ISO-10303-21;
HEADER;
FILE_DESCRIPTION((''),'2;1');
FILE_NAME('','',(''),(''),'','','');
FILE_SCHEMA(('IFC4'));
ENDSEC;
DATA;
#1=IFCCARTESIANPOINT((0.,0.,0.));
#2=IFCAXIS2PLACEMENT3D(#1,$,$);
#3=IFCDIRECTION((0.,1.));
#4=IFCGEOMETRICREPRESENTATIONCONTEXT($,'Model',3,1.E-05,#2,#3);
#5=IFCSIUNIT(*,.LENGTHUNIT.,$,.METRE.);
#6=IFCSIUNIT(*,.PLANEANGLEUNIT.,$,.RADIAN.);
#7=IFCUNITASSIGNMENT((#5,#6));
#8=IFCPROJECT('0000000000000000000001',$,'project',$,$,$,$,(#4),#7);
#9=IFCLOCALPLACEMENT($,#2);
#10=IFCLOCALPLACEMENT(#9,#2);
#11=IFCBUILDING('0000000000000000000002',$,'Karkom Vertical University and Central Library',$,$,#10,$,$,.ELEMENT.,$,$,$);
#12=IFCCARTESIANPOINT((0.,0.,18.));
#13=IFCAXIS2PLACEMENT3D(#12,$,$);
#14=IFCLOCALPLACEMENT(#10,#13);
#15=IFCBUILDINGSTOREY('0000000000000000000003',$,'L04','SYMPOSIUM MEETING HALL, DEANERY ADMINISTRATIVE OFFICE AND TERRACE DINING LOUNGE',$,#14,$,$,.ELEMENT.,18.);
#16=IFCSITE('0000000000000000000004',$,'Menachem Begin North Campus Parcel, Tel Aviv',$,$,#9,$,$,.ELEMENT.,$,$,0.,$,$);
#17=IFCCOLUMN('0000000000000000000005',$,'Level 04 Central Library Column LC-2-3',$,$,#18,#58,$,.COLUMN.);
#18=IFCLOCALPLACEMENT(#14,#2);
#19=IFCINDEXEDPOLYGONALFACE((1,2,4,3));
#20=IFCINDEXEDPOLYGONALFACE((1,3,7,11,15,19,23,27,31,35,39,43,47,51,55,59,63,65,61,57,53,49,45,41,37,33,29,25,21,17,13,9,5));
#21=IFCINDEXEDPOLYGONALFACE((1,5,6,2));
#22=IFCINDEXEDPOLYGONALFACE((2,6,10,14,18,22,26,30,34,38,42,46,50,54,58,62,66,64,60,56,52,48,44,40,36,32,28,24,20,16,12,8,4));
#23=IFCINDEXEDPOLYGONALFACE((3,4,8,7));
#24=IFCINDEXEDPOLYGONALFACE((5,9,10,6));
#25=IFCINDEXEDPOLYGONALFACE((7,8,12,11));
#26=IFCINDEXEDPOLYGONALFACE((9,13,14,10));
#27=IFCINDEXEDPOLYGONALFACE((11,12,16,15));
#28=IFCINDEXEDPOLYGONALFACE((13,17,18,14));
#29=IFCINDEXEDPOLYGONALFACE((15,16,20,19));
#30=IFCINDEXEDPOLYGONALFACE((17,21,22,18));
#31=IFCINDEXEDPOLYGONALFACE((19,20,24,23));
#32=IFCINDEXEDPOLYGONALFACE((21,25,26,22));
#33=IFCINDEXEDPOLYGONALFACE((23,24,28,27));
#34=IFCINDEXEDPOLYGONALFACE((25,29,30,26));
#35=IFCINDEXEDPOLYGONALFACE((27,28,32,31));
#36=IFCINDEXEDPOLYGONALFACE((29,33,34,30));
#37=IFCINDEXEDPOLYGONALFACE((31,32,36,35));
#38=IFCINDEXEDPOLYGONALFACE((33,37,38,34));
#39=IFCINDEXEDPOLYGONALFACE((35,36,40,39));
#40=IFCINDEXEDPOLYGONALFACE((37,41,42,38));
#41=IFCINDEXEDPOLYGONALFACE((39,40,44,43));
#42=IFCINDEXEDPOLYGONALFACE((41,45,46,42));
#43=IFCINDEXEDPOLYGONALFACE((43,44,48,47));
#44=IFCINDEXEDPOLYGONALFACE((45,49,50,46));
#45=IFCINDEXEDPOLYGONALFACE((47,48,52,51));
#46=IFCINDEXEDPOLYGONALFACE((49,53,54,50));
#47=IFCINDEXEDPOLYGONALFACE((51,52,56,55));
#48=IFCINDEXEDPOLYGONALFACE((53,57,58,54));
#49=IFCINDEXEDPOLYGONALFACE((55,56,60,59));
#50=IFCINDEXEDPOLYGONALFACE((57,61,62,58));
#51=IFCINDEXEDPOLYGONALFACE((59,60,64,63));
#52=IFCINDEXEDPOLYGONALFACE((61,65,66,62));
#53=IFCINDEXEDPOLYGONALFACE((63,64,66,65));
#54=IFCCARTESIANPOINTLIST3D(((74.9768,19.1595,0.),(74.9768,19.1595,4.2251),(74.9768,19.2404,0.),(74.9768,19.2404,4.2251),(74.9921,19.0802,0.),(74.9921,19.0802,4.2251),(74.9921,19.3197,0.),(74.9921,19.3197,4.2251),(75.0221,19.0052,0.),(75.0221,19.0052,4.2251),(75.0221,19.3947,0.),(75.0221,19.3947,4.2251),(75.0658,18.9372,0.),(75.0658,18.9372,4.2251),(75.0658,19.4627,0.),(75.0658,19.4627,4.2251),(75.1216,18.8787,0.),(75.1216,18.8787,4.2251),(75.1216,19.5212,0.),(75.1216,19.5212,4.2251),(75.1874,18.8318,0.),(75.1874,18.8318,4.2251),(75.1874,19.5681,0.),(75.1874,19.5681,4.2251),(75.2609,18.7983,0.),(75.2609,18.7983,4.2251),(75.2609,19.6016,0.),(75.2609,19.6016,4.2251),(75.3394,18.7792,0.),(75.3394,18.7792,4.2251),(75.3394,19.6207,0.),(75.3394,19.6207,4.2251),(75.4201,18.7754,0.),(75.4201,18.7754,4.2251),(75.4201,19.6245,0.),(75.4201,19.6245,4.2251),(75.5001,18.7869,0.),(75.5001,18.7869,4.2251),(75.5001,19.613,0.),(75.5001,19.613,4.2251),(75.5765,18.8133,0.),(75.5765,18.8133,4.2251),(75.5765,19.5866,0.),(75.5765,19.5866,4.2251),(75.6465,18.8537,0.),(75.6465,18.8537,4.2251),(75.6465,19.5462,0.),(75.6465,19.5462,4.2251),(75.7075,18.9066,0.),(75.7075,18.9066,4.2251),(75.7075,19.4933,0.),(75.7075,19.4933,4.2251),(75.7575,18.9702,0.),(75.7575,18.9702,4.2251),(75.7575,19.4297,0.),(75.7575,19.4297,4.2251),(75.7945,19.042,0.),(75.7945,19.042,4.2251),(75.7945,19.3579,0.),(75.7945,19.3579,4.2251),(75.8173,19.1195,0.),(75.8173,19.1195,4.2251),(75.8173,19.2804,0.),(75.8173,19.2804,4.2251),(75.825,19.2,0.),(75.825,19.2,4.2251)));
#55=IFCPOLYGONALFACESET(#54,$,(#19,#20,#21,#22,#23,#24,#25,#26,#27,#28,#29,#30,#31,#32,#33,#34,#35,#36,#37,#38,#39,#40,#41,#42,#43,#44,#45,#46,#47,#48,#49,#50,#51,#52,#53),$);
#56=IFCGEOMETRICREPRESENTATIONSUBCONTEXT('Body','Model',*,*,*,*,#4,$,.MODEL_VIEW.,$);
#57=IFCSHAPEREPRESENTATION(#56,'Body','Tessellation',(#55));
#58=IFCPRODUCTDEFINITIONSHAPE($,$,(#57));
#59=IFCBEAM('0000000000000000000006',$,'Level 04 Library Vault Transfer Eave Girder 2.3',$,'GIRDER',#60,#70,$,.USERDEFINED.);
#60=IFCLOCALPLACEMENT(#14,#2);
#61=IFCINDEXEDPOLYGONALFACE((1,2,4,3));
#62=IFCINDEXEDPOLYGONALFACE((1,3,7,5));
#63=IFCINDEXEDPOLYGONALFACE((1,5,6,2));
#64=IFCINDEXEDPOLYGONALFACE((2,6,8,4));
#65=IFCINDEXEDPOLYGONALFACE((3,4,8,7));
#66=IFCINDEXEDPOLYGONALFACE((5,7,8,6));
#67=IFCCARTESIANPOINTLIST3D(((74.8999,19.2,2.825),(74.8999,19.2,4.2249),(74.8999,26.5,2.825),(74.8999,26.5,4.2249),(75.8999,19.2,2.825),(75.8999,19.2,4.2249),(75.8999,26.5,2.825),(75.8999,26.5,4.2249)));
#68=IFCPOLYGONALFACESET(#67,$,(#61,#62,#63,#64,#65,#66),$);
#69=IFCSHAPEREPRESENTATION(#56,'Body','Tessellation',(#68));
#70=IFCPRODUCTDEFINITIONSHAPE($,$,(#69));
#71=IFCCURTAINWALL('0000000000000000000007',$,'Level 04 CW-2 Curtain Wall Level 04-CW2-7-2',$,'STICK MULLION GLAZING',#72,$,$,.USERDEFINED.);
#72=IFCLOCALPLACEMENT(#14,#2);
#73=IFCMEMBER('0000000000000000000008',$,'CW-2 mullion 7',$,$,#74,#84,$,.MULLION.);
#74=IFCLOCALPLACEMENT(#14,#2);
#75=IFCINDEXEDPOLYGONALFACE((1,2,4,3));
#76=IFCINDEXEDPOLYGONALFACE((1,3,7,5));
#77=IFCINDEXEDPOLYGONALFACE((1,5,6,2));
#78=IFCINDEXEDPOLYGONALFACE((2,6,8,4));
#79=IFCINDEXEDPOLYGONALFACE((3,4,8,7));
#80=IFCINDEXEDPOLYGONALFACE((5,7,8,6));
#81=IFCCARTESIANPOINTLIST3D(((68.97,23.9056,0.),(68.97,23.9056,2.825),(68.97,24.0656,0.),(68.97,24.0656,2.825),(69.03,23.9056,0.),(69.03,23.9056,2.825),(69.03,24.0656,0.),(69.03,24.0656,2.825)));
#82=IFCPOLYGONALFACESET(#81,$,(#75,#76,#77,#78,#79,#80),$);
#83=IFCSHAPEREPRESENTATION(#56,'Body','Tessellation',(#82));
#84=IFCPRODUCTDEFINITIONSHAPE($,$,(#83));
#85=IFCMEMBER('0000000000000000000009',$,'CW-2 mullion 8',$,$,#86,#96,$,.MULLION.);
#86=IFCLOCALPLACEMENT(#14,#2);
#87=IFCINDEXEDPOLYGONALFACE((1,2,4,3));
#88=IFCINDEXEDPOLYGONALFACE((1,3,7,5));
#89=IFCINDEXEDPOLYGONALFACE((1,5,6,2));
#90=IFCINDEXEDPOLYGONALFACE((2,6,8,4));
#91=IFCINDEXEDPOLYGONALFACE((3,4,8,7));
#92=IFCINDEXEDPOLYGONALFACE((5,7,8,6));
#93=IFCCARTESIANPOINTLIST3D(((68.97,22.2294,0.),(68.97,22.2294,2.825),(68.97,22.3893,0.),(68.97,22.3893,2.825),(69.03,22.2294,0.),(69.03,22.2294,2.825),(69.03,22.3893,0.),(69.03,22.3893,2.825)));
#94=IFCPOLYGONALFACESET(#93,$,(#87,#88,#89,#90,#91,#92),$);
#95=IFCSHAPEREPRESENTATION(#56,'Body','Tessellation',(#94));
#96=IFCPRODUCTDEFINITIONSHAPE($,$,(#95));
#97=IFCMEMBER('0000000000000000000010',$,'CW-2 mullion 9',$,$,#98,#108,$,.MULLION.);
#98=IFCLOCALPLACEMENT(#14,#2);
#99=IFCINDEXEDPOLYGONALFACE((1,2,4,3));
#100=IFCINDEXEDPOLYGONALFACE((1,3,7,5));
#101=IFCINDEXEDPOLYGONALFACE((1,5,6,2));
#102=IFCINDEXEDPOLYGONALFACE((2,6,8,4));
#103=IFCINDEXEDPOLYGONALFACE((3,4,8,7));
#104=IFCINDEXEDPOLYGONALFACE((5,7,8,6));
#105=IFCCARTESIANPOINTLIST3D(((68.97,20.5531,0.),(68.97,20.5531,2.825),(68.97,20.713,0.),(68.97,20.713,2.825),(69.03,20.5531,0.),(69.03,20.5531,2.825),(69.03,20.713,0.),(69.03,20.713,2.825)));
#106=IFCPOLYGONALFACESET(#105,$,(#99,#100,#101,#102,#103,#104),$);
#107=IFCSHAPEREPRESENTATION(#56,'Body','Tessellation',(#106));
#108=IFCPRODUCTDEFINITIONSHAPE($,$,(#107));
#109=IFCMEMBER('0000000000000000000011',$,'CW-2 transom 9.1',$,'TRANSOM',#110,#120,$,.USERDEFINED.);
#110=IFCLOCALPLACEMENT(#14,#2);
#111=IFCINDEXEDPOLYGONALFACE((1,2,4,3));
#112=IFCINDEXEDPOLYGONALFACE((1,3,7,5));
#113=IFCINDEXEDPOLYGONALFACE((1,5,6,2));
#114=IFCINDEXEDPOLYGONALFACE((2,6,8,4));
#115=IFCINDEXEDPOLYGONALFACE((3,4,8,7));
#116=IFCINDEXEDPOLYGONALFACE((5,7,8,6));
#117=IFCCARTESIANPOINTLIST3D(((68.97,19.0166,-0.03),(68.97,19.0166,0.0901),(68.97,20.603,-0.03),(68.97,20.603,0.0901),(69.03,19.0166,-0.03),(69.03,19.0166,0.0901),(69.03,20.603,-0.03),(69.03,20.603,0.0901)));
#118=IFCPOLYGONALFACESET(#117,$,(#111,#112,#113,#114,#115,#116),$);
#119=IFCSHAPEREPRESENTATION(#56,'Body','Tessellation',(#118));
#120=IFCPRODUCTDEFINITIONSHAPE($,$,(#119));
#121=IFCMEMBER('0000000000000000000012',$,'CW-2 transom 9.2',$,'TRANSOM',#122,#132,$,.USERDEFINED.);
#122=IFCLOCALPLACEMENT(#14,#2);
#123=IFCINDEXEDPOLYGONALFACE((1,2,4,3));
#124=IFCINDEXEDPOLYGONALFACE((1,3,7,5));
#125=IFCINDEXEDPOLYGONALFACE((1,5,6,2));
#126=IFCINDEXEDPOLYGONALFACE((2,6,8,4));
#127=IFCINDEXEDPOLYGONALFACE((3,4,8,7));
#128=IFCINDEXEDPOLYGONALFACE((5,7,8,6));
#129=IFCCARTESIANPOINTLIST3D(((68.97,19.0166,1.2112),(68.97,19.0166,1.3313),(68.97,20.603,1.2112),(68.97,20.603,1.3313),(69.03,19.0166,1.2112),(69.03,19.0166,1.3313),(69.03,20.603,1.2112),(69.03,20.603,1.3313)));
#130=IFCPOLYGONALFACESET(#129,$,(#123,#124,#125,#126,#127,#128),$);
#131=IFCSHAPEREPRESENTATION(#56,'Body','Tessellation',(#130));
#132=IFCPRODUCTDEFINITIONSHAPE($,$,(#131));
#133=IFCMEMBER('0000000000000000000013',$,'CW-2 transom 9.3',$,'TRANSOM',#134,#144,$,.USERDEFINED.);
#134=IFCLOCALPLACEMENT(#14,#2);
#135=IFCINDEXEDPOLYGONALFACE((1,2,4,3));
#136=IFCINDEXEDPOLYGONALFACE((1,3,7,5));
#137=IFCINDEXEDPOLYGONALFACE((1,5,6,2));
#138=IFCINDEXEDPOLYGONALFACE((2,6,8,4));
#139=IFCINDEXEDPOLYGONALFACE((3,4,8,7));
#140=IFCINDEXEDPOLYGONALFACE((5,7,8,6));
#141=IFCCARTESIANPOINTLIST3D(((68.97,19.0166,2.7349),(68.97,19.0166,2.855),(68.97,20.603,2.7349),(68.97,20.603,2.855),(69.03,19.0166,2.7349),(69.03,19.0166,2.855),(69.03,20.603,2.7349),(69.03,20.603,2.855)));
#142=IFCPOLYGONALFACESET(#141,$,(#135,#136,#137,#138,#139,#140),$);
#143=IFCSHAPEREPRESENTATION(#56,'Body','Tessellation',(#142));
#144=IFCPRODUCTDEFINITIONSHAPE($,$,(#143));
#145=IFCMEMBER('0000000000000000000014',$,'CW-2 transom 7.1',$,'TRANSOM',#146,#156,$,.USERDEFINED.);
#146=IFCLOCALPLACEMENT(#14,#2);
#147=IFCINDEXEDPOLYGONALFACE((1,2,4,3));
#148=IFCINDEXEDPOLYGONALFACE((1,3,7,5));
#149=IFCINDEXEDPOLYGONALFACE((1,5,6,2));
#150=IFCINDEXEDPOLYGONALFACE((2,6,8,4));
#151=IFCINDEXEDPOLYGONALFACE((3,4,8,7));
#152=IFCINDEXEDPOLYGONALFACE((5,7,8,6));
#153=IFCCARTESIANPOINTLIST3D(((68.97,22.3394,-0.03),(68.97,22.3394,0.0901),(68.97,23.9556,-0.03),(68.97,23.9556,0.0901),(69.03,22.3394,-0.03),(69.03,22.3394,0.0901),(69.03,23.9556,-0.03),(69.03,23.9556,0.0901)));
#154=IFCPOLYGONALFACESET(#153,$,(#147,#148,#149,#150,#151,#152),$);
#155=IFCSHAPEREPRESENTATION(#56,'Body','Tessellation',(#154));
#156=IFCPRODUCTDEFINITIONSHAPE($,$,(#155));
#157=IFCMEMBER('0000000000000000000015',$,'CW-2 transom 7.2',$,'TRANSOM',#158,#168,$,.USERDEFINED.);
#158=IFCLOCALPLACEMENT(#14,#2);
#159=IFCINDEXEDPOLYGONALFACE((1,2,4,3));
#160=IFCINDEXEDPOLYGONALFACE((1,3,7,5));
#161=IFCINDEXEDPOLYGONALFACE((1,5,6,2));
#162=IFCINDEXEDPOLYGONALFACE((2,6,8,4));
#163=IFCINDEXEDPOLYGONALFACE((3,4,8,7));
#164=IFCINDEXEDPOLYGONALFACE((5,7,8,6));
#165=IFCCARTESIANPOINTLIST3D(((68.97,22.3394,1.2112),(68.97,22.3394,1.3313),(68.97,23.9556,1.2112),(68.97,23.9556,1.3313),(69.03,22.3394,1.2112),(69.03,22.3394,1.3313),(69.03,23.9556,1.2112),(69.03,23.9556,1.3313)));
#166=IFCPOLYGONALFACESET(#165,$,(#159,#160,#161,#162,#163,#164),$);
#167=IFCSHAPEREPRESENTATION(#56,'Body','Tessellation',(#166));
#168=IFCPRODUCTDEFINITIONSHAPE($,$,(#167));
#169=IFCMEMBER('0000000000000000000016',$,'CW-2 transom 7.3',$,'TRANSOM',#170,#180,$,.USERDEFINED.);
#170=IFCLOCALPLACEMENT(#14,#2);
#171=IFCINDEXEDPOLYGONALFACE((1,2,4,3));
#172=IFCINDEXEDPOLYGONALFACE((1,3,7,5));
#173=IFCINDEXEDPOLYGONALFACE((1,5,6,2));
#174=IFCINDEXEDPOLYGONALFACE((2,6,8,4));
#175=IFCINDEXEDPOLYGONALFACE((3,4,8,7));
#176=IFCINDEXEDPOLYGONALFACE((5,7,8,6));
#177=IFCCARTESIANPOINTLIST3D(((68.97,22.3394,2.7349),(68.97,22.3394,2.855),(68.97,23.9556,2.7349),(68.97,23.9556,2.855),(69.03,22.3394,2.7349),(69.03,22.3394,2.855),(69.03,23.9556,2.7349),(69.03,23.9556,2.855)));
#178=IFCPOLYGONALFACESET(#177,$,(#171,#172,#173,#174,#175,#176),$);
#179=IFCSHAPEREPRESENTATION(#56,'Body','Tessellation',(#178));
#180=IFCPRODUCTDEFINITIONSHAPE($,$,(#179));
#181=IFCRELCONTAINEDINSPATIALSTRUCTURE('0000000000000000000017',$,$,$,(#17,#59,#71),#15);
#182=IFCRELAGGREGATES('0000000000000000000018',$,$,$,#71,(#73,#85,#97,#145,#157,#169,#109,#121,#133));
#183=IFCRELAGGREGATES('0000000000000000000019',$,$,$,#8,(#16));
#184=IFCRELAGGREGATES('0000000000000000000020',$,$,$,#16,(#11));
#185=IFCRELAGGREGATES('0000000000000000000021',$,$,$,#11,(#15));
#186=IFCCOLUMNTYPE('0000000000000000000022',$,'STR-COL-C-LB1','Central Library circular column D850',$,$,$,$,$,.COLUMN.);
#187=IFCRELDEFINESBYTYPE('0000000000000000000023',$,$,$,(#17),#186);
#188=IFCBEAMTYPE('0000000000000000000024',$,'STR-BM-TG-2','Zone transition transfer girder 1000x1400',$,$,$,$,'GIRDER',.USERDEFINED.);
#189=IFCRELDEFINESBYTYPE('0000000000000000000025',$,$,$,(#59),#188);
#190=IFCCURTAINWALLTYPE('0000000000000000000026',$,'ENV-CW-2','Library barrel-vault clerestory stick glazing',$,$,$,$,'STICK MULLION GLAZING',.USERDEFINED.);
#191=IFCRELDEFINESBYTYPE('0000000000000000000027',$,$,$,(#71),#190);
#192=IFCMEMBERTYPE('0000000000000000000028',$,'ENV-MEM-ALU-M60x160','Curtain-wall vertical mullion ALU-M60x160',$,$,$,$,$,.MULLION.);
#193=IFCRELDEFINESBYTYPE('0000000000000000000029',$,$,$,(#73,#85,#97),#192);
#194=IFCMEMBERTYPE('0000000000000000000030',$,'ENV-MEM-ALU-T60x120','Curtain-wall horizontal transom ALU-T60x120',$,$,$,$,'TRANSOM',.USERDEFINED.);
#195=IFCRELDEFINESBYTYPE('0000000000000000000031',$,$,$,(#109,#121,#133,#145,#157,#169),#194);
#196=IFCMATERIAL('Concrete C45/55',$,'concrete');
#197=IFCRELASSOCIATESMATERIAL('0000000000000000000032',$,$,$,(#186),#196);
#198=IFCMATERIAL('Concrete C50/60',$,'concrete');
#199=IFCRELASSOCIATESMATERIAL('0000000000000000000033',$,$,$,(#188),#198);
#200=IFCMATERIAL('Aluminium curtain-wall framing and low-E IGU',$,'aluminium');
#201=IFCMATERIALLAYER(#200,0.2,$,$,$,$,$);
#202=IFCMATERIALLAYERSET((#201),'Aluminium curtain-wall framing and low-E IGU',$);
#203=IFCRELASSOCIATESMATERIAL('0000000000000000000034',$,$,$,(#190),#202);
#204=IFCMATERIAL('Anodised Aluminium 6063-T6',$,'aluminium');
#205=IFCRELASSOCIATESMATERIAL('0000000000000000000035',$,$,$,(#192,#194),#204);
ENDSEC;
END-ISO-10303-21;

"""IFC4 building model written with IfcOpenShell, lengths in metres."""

from ifc_helpers import new_model, si_unit, direction, frame, origin, origin_with_axes, origin_2d, place, context, subcontext, project, spatial, rectangle, circle, extrude, source, transform, mapped, material, layer, layer_set, material_profile, profile_set, type_object, element, aggregate, save


model = new_model("IFC4")

# Units and contexts
model_context = context("Model", 3, precision=1e-05, world=origin(), true_north=direction((0.0, 1.0)))
body_context = subcontext(model_context, "Body", "Model", "MODEL_VIEW")
ifc_project = project(units=[si_unit("LENGTHUNIT", "METRE"), si_unit("PLANEANGLEUNIT", "RADIAN")], contexts=[model_context])

# Site, building, storey
site_placement = place(None, origin())
site = spatial("IfcSite", under=ifc_project, at=site_placement, Name="Menachem Begin North Campus Parcel, Tel Aviv", CompositionType="ELEMENT", RefElevation=0.0)
building_placement = place(site_placement, origin())
building = spatial("IfcBuilding", under=site, at=building_placement, Name="Karkom Vertical University and Central Library", CompositionType="ELEMENT")
storey_placement = place(building_placement, frame((0.0, 0.0, 18.0)))
storey = spatial("IfcBuildingStorey", under=building, at=storey_placement, Name="L04", Description="SYMPOSIUM MEETING HALL, DEANERY ADMINISTRATIVE OFFICE AND TERRACE DINING LOUNGE", CompositionType="ELEMENT", Elevation=18.0)

# Column
ifc_material_1 = material(Name="Concrete C45/55", Category="concrete")
ifc_material_profile_1 = material_profile(ifc_material_1, circle(Radius=0.425, at=origin_2d()), Name="RC-D850")
ifc_profile_set_1 = profile_set([ifc_material_profile_1], Name="Concrete C45/55")
column_type = type_object("IfcColumnType", Name="STR-COL-C-LB1", Description="Central Library circular column D850", PredefinedType="COLUMN", material=ifc_profile_set_1)
shared_shape_1 = source(origin_with_axes(), body_context, "Body", "SweptSolid", [
    extrude(circle(Radius=0.425, at=origin_2d()), origin(), (0.0, 0.0, 1.0), 4.2251),
])
column_placement = place(storey_placement, frame((75.3999, 19.2, 0.0), z_axis=(0.0, 0.0, 1.0), x_axis=(1.0, 0.0, 0.0)))
element("IfcColumn", 1, at=column_placement, inside=storey, type_object=column_type, Name="Level 04 Central Library Column LC-2-3", PredefinedType="COLUMN", context=body_context, shape_type="MappedRepresentation", body=[
    mapped(shared_shape_1, transform((0.0, 0.0, 0.0), scale=1.0)),
])

# Beam
ifc_material_2 = material(Name="Concrete C50/60", Category="concrete")
ifc_material_profile_2 = material_profile(ifc_material_2, rectangle(XDim=1.0, YDim=1.3999, at=origin_2d()), Name="TG-1000x1400")
ifc_profile_set_2 = profile_set([ifc_material_profile_2], Name="Concrete C50/60")
beam_type = type_object("IfcBeamType", Name="STR-BM-TG-2", Description="Zone transition transfer girder 1000x1400", ElementType="GIRDER", PredefinedType="USERDEFINED", material=ifc_profile_set_2)
shared_shape_2 = source(origin_with_axes(), body_context, "Body", "SweptSolid", [
    extrude(rectangle(XDim=1.0, YDim=1.3999, at=origin_2d()), origin(), (0.0, 0.0, 1.0), 7.3),
])
beam_placement = place(storey_placement, frame((75.3999, 19.2, 3.5249), z_axis=(0.0, 1.0, 0.0), x_axis=(-1.0, 0.0, 0.0)))
element("IfcBeam", 2, at=beam_placement, inside=storey, type_object=beam_type, Name="Level 04 Library Vault Transfer Eave Girder 2.3", ObjectType="GIRDER", PredefinedType="USERDEFINED", context=body_context, shape_type="MappedRepresentation", body=[
    mapped(shared_shape_2, transform((0.0, 0.0, 0.0), scale=1.0)),
])

# Curtain wall, members
ifc_material_3 = material(Name="Aluminium curtain-wall framing and low-E IGU", Category="aluminium")
ifc_layer_1 = layer(ifc_material_3, 0.2)
ifc_layer_set_1 = layer_set([ifc_layer_1], Name="Aluminium curtain-wall framing and low-E IGU")
curtain_wall_type = type_object("IfcCurtainWallType", Name="ENV-CW-2", Description="Library barrel-vault clerestory stick glazing", ElementType="STICK MULLION GLAZING", PredefinedType="USERDEFINED", material=ifc_layer_set_1)
curtain_wall_placement = place(storey_placement, origin())
curtain_wall = element("IfcCurtainWall", 3, at=curtain_wall_placement, inside=storey, type_object=curtain_wall_type, Name="Level 04 CW-2 Curtain Wall Level 04-CW2-7-2", ObjectType="STICK MULLION GLAZING", PredefinedType="USERDEFINED")
ifc_material_4 = material(Name="Anodised Aluminium 6063-T6", Category="aluminium")
ifc_material_profile_3 = material_profile(ifc_material_4, rectangle(XDim=0.0601, YDim=0.1599, at=origin_2d()), Name="ALU-M60x160")
ifc_profile_set_3 = profile_set([ifc_material_profile_3], Name="Anodised Aluminium 6063-T6")
member_type_1 = type_object("IfcMemberType", Name="ENV-MEM-ALU-M60x160", Description="Curtain-wall vertical mullion ALU-M60x160", PredefinedType="MULLION", material=ifc_profile_set_3)
shared_shape_3 = source(origin_with_axes(), body_context, "Body", "SweptSolid", [
    extrude(rectangle(XDim=0.0601, YDim=0.1599, at=origin_2d()), origin(), (0.0, 0.0, 1.0), 2.825),
])
member_1_placement = place(storey_placement, frame((69.0, 23.9856, 0.0), z_axis=(0.0, 0.0, 1.0), x_axis=(1.0, 0.0, 0.0)))
member_1 = element("IfcMember", 4, at=member_1_placement, type_object=member_type_1, Name="CW-2 mullion 7", PredefinedType="MULLION", context=body_context, shape_type="MappedRepresentation", body=[
    mapped(shared_shape_3, transform((0.0, 0.0, 0.0), scale=1.0)),
])
member_2_placement = place(storey_placement, frame((69.0, 22.3093, 0.0), z_axis=(0.0, 0.0, 1.0), x_axis=(1.0, 0.0, 0.0)))
member_2 = element("IfcMember", 5, at=member_2_placement, type_object=member_type_1, Name="CW-2 mullion 8", PredefinedType="MULLION", context=body_context, shape_type="MappedRepresentation", body=[
    mapped(shared_shape_3, transform((0.0, 0.0, 0.0), scale=1.0)),
])
member_3_placement = place(storey_placement, frame((69.0, 20.6331, 0.0), z_axis=(0.0, 0.0, 1.0), x_axis=(1.0, 0.0, 0.0)))
member_3 = element("IfcMember", 6, at=member_3_placement, type_object=member_type_1, Name="CW-2 mullion 9", PredefinedType="MULLION", context=body_context, shape_type="MappedRepresentation", body=[
    mapped(shared_shape_3, transform((0.0, 0.0, 0.0), scale=1.0)),
])
ifc_material_profile_4 = material_profile(ifc_material_4, rectangle(XDim=0.0601, YDim=0.1201, at=origin_2d()), Name="ALU-T60x120")
ifc_profile_set_4 = profile_set([ifc_material_profile_4], Name="Anodised Aluminium 6063-T6")
member_type_2 = type_object("IfcMemberType", Name="ENV-MEM-ALU-T60x120", Description="Curtain-wall horizontal transom ALU-T60x120", ElementType="TRANSOM", PredefinedType="USERDEFINED", material=ifc_profile_set_4)
shared_shape_4 = source(origin_with_axes(), body_context, "Body", "SweptSolid", [
    extrude(rectangle(XDim=0.0601, YDim=0.1201, at=origin_2d()), origin(), (0.0, 0.0, 1.0), 1.5864),
])
member_4_placement = place(storey_placement, frame((69.0, 20.603, 0.03), z_axis=(0.0, -1.0, 0.0), x_axis=(1.0, 0.0, 0.0)))
member_4 = element("IfcMember", 7, at=member_4_placement, type_object=member_type_2, Name="CW-2 transom 9.1", ObjectType="TRANSOM", PredefinedType="USERDEFINED", context=body_context, shape_type="MappedRepresentation", body=[
    mapped(shared_shape_4, transform((0.0, 0.0, 0.0), scale=1.0)),
])
member_5_placement = place(storey_placement, frame((69.0, 20.603, 1.2712), z_axis=(0.0, -1.0, 0.0), x_axis=(1.0, 0.0, 0.0)))
member_5 = element("IfcMember", 8, at=member_5_placement, type_object=member_type_2, Name="CW-2 transom 9.2", ObjectType="TRANSOM", PredefinedType="USERDEFINED", context=body_context, shape_type="MappedRepresentation", body=[
    mapped(shared_shape_4, transform((0.0, 0.0, 0.0), scale=1.0)),
])
member_6_placement = place(storey_placement, frame((69.0, 20.603, 2.7949), z_axis=(0.0, -1.0, 0.0), x_axis=(1.0, 0.0, 0.0)))
member_6 = element("IfcMember", 9, at=member_6_placement, type_object=member_type_2, Name="CW-2 transom 9.3", ObjectType="TRANSOM", PredefinedType="USERDEFINED", context=body_context, shape_type="MappedRepresentation", body=[
    mapped(shared_shape_4, transform((0.0, 0.0, 0.0), scale=1.0)),
])
shared_shape_5 = source(origin_with_axes(), body_context, "Body", "SweptSolid", [
    extrude(rectangle(XDim=0.0601, YDim=0.1201, at=origin_2d()), origin(), (0.0, 0.0, 1.0), 1.6162),
])
member_7_placement = place(storey_placement, frame((69.0, 23.9556, 0.03), z_axis=(0.0, -1.0, 0.0), x_axis=(1.0, 0.0, 0.0)))
member_7 = element("IfcMember", 10, at=member_7_placement, type_object=member_type_2, Name="CW-2 transom 7.1", ObjectType="TRANSOM", PredefinedType="USERDEFINED", context=body_context, shape_type="MappedRepresentation", body=[
    mapped(shared_shape_5, transform((0.0, 0.0, 0.0), scale=1.0)),
])
member_8_placement = place(storey_placement, frame((69.0, 23.9556, 1.2712), z_axis=(0.0, -1.0, 0.0), x_axis=(1.0, 0.0, 0.0)))
member_8 = element("IfcMember", 11, at=member_8_placement, type_object=member_type_2, Name="CW-2 transom 7.2", ObjectType="TRANSOM", PredefinedType="USERDEFINED", context=body_context, shape_type="MappedRepresentation", body=[
    mapped(shared_shape_5, transform((0.0, 0.0, 0.0), scale=1.0)),
])
member_9_placement = place(storey_placement, frame((69.0, 23.9556, 2.7949), z_axis=(0.0, -1.0, 0.0), x_axis=(1.0, 0.0, 0.0)))
member_9 = element("IfcMember", 12, at=member_9_placement, type_object=member_type_2, Name="CW-2 transom 7.3", ObjectType="TRANSOM", PredefinedType="USERDEFINED", context=body_context, shape_type="MappedRepresentation", body=[
    mapped(shared_shape_5, transform((0.0, 0.0, 0.0), scale=1.0)),
])
aggregate(curtain_wall, [member_1, member_2, member_3, member_7, member_8, member_9, member_4, member_5, member_6])

save(model, "model.ifc")
